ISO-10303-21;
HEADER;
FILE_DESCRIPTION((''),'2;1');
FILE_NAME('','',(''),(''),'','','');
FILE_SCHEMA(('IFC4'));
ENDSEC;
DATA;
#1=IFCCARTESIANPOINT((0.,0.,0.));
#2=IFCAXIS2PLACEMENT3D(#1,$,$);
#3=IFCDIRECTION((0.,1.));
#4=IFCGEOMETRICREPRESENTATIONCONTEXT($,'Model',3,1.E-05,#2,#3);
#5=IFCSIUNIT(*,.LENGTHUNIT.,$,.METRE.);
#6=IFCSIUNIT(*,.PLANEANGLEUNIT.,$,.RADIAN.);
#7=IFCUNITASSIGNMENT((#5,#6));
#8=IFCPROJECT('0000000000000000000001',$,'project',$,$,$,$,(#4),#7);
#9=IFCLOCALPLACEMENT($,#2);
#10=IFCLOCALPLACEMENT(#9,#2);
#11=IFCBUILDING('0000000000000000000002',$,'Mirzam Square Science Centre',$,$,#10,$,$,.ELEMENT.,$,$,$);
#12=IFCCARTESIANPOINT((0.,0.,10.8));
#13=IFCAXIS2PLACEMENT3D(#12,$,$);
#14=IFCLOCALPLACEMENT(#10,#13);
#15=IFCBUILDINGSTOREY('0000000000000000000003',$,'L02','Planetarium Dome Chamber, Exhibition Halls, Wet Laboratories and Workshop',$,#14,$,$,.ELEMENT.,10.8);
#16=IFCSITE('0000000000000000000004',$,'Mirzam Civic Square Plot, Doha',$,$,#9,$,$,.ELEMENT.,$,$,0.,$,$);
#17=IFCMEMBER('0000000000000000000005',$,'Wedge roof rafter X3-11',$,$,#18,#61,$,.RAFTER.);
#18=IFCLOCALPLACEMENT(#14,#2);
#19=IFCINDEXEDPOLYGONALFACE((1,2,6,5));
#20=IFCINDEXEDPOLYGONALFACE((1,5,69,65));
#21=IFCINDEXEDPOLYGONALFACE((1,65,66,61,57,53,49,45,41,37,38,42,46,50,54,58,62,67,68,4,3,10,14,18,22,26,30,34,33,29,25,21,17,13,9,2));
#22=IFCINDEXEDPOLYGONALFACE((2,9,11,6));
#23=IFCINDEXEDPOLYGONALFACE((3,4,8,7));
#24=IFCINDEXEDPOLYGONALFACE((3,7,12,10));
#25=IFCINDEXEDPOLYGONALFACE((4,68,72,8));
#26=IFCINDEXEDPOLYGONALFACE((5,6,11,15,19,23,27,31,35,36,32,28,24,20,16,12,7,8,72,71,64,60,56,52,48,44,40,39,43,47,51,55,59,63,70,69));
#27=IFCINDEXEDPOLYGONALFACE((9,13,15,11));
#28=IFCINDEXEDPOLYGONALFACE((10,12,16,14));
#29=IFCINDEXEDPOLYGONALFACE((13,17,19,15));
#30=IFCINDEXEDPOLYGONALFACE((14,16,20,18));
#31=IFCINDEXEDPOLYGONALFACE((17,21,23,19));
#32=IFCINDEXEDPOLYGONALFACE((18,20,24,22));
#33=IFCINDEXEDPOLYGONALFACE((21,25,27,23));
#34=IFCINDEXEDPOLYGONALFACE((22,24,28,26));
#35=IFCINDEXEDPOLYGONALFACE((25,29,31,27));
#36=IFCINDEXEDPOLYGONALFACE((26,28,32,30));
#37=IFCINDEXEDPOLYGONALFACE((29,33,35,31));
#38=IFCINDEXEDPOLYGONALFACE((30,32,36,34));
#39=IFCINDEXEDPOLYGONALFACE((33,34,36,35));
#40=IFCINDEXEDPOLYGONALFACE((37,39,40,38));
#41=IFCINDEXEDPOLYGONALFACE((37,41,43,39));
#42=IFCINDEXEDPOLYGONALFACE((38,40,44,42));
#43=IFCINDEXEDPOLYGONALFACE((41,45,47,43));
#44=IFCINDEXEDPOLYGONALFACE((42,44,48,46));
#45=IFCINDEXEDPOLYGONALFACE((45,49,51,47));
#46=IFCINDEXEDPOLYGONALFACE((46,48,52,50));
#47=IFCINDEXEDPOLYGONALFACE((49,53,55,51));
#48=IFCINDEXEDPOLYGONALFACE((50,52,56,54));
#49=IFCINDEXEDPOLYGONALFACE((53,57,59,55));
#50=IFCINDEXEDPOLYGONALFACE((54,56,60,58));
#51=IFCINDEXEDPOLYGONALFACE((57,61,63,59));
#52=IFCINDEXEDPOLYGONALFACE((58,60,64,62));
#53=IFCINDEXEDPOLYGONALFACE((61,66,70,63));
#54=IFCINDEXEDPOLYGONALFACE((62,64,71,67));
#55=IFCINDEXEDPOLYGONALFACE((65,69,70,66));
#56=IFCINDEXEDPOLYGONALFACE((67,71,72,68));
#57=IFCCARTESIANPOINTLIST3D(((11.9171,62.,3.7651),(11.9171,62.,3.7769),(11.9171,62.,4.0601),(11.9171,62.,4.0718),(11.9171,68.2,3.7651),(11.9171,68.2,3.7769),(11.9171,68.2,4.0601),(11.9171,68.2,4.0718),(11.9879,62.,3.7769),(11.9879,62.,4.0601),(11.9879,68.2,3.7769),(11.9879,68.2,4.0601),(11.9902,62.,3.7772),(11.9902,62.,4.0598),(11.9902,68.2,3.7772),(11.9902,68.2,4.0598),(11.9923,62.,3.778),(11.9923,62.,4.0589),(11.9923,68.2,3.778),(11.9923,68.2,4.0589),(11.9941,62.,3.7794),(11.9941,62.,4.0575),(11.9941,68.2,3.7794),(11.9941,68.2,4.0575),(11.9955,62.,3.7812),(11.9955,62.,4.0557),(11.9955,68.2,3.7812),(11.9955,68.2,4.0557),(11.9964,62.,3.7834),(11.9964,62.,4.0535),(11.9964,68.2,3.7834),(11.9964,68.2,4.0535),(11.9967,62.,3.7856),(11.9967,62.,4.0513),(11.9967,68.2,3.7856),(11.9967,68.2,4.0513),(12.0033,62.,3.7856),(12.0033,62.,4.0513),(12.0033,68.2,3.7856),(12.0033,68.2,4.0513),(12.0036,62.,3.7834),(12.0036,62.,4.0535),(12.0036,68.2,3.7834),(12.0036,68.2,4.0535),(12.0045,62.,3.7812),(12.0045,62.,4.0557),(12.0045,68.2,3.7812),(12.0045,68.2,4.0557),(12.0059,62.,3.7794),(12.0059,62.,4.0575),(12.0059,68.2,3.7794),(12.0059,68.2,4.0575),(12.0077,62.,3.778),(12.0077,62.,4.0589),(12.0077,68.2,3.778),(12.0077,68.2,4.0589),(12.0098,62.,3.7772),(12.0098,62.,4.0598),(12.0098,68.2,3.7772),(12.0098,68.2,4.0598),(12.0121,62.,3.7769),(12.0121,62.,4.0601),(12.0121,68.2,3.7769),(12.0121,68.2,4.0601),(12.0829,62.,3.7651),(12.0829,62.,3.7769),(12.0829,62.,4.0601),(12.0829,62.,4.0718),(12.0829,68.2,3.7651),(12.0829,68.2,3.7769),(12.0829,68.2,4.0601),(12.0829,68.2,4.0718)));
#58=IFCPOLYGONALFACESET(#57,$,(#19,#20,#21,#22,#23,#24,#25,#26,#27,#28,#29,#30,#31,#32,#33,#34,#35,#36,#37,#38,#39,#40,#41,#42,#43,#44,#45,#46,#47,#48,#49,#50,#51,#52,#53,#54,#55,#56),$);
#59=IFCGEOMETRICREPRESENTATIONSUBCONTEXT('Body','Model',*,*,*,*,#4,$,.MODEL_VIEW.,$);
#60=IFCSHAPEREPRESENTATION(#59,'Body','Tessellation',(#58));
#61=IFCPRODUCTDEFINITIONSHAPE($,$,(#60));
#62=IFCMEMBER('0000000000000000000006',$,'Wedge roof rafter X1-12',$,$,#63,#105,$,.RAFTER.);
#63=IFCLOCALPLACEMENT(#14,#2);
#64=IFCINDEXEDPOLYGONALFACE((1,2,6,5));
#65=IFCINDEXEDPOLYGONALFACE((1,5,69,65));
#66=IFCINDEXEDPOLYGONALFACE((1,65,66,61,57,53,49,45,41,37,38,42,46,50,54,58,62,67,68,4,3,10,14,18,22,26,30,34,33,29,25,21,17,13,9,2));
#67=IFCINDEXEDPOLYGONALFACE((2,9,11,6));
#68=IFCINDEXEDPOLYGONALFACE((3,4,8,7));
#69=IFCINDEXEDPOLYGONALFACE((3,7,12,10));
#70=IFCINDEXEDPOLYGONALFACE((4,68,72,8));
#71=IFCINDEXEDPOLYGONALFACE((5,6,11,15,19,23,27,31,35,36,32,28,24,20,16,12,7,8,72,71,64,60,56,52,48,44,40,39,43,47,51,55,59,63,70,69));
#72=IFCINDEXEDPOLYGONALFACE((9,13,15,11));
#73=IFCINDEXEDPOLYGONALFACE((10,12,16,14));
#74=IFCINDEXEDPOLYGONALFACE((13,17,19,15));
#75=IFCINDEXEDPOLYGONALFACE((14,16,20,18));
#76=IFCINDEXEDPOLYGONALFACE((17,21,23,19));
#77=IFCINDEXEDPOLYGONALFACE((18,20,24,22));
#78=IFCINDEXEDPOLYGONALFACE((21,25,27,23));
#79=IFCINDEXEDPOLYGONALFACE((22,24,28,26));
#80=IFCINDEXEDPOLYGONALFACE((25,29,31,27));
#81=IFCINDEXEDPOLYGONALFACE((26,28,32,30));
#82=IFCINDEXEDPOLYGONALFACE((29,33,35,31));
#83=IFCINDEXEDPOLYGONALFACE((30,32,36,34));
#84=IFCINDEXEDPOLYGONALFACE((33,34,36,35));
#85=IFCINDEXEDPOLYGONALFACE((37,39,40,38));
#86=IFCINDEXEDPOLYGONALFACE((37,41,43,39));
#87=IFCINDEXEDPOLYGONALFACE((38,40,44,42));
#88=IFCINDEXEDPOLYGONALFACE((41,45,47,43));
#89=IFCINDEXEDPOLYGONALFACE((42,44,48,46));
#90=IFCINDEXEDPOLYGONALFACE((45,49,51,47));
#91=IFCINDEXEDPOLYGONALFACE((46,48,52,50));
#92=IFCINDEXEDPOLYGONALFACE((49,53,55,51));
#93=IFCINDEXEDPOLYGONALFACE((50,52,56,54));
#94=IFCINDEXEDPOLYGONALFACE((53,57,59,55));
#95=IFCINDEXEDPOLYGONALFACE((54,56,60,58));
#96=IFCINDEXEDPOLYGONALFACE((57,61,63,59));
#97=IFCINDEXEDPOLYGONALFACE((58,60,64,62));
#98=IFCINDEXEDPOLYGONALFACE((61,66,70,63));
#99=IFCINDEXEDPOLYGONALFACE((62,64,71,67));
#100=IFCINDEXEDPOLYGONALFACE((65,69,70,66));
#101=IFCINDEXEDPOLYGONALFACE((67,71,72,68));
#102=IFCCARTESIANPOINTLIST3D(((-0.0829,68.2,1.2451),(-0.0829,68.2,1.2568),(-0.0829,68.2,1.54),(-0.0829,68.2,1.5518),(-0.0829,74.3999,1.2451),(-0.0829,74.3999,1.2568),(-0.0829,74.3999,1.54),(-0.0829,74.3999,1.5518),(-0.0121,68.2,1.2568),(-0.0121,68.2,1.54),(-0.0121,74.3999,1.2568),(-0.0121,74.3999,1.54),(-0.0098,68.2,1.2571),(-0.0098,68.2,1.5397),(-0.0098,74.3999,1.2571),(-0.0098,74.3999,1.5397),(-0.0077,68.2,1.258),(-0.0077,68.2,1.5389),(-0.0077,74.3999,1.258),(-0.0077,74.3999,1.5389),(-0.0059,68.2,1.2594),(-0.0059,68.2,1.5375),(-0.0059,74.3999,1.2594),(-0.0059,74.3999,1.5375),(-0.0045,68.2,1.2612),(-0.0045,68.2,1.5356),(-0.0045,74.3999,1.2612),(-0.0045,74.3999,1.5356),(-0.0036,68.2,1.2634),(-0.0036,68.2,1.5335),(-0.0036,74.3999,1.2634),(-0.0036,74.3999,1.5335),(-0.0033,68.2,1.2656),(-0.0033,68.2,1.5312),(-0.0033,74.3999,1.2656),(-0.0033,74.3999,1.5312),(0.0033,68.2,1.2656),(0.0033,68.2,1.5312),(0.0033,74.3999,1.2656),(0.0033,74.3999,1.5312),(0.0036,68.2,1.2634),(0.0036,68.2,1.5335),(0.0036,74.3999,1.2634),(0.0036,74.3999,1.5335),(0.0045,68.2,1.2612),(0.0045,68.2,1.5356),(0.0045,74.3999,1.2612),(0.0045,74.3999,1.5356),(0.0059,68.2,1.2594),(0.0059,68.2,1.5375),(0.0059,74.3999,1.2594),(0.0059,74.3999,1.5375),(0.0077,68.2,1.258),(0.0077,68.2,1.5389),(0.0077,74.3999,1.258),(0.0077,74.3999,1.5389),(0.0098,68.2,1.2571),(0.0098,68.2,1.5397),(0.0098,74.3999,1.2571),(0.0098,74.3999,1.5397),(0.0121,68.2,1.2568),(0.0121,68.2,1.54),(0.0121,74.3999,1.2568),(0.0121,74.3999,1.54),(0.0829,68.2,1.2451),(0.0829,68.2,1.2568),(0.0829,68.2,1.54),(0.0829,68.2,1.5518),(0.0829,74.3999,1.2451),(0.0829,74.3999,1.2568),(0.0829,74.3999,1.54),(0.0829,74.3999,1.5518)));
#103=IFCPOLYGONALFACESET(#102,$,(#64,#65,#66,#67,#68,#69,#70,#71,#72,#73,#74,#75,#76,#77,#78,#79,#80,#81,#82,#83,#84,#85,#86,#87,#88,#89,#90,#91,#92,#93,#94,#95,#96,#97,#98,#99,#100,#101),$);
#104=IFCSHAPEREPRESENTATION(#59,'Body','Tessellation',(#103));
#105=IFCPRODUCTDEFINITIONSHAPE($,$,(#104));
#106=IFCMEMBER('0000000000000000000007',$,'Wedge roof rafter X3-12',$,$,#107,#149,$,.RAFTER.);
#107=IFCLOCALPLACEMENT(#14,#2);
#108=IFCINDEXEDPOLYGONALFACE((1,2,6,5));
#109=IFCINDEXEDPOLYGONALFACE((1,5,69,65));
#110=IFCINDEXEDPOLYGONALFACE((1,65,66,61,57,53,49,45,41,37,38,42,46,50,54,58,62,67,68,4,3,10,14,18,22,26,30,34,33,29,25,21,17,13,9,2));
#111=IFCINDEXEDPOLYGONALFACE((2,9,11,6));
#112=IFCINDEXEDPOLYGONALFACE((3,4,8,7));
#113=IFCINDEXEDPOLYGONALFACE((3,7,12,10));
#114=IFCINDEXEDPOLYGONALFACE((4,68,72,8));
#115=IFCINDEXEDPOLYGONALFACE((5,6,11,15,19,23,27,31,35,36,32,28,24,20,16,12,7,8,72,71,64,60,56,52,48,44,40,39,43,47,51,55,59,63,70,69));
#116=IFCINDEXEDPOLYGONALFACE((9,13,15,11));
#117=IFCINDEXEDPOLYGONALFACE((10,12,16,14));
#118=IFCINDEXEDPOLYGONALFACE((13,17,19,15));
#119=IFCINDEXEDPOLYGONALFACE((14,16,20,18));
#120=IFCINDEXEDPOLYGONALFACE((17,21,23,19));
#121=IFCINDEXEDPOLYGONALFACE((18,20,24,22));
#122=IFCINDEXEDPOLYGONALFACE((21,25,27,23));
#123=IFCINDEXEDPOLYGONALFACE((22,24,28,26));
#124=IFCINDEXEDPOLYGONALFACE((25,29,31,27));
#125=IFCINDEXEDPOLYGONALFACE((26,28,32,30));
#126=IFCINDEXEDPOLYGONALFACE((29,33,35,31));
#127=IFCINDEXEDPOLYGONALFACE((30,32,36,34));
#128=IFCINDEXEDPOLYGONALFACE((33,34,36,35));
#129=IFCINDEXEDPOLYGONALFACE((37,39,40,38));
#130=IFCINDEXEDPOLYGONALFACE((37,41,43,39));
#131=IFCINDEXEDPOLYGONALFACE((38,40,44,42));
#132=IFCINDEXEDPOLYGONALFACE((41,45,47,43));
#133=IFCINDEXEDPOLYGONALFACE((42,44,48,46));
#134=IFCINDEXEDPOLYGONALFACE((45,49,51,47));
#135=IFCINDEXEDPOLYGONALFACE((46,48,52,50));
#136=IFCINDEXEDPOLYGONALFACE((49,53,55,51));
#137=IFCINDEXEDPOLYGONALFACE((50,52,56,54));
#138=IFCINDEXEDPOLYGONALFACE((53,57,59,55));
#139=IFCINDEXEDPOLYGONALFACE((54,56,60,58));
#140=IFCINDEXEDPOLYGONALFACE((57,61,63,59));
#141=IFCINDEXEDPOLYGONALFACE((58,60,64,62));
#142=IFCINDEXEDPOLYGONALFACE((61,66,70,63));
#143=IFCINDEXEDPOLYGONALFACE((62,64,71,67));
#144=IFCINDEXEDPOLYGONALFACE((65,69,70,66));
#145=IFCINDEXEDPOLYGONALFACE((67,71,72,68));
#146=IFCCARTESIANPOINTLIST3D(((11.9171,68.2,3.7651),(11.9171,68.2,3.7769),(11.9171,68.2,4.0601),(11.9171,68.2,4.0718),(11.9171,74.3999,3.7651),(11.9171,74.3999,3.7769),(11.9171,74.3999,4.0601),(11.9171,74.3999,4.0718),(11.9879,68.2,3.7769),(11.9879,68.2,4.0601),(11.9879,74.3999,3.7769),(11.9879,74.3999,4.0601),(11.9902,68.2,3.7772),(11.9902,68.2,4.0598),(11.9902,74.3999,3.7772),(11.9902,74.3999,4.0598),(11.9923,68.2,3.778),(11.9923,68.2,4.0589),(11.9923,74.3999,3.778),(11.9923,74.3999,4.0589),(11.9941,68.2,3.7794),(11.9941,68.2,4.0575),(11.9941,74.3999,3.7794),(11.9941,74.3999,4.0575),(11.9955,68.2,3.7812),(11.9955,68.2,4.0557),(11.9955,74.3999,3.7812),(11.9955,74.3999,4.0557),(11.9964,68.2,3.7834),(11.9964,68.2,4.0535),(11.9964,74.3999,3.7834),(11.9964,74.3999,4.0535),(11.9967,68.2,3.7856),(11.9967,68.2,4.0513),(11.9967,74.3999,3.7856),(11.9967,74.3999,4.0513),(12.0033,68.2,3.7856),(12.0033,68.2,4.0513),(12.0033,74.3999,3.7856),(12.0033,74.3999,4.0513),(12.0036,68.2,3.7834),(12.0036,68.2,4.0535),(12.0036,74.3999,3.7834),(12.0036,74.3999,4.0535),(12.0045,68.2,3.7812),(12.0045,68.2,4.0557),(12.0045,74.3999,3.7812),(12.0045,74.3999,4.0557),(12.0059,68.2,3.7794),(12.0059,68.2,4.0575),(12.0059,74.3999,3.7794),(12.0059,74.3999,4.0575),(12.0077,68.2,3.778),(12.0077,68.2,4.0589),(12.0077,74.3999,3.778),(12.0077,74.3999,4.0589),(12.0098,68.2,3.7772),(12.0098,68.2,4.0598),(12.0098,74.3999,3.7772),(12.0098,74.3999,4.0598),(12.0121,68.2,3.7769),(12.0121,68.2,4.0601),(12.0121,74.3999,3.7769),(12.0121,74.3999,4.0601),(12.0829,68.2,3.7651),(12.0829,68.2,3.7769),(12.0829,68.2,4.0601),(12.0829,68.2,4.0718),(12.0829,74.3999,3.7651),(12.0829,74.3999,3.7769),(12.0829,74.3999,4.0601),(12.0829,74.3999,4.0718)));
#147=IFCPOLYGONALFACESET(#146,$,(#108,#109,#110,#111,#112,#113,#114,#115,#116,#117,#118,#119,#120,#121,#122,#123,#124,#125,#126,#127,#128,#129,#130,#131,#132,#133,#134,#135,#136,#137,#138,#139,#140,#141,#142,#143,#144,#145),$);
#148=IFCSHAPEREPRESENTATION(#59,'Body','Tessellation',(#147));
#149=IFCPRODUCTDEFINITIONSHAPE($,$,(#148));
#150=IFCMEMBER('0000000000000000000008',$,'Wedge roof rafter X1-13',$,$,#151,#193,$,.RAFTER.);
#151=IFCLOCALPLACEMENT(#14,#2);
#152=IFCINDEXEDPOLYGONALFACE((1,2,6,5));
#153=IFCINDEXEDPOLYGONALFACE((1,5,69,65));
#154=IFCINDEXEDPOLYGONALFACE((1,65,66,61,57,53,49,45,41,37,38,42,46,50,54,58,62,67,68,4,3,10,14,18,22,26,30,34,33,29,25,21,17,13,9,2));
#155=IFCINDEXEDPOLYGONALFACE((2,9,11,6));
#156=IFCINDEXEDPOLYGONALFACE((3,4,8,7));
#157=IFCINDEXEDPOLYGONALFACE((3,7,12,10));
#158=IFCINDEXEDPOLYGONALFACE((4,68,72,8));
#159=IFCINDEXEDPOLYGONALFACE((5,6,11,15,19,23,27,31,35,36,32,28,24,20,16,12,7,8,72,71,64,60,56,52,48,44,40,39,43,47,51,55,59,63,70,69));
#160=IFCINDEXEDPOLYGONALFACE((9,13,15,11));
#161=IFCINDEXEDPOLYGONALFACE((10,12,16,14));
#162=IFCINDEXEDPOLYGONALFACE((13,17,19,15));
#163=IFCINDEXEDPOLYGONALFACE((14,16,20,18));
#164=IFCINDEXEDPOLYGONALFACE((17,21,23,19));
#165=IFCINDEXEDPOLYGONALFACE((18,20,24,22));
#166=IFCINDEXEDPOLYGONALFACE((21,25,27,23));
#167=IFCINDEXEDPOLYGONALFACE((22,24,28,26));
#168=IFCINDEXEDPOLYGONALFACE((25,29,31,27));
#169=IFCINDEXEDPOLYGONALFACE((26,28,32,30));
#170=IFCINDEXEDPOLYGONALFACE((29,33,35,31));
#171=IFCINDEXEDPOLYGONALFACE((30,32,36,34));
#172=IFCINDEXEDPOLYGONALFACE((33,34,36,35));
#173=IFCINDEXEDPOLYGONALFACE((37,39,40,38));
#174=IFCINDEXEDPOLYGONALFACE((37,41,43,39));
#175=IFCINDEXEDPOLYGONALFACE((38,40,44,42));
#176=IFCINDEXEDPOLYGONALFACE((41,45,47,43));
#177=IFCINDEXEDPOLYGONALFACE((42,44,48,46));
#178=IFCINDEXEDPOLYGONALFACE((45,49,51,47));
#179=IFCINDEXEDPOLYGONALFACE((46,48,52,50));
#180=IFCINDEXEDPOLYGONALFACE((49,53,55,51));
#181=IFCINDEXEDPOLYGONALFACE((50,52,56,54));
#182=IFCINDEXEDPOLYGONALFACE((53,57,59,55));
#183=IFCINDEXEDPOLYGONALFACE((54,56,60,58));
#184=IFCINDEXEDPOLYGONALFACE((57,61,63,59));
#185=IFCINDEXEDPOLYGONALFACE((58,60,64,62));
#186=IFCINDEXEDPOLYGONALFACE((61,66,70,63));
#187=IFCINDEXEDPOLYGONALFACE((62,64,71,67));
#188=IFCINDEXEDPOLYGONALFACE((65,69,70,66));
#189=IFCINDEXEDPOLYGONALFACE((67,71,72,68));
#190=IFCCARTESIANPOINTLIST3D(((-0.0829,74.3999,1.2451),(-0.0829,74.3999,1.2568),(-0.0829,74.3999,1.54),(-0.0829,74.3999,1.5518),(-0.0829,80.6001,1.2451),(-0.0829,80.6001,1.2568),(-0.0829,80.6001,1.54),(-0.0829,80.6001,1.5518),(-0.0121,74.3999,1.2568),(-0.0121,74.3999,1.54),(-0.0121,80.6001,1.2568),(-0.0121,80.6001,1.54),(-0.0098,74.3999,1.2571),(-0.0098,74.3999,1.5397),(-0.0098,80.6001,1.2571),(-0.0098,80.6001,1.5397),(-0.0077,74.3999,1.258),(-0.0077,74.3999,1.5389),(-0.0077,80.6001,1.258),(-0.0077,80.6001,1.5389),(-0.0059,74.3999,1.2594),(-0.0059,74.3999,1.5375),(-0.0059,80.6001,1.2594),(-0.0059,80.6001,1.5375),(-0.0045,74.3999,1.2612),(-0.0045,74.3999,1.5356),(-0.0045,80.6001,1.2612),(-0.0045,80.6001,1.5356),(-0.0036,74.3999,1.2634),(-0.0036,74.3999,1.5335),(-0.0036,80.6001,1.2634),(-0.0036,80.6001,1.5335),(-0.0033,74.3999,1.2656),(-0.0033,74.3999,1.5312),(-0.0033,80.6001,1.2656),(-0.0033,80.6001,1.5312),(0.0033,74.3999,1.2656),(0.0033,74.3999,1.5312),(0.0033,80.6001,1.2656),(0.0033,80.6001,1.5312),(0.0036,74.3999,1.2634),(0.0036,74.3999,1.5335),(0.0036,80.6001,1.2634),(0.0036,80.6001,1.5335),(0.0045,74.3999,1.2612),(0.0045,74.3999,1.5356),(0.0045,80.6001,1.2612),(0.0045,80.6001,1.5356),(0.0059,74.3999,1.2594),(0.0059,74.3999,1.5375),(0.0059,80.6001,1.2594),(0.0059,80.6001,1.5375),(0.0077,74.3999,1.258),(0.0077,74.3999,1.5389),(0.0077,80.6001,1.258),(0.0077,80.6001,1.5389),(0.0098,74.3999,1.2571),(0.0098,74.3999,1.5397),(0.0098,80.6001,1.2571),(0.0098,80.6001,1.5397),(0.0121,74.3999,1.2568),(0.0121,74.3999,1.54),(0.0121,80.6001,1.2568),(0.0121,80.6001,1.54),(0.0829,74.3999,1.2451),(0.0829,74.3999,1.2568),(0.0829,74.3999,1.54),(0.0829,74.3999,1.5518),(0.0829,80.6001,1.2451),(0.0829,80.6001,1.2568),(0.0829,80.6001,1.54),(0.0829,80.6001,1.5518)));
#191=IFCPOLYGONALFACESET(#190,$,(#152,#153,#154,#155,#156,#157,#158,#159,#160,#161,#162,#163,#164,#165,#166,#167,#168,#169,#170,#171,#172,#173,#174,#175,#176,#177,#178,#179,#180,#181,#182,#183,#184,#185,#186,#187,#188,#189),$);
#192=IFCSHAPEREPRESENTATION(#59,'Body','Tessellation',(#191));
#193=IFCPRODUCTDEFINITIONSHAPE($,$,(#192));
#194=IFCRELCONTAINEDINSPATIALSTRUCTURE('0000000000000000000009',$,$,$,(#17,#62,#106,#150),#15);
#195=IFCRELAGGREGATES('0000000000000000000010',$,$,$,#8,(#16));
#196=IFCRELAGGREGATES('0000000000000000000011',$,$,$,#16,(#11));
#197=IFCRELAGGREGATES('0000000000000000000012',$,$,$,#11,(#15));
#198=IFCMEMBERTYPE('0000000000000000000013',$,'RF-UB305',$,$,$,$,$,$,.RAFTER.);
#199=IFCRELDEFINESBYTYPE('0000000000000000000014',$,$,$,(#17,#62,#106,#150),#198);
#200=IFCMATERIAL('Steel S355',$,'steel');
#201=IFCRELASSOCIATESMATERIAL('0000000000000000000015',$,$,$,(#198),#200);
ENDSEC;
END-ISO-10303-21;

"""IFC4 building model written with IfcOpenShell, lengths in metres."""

from ifc_helpers import new_model, si_unit, direction, frame, origin, origin_2d, place, context, subcontext, project, spatial, i_section, extrude, material, material_profile, profile_set, type_object, element, save


model = new_model("IFC4")

# Units and contexts
model_context = context("Model", 3, precision=1e-05, world=origin(), true_north=direction((0.0, 1.0)))
body_context = subcontext(model_context, "Body", "Model", "MODEL_VIEW")
ifc_project = project(units=[si_unit("LENGTHUNIT", "METRE"), si_unit("PLANEANGLEUNIT", "RADIAN")], contexts=[model_context])

# Site, building, storey
site_placement = place(None, origin())
site = spatial("IfcSite", under=ifc_project, at=site_placement, Name="Mirzam Civic Square Plot, Doha", CompositionType="ELEMENT", RefElevation=0.0)
building_placement = place(site_placement, origin())
building = spatial("IfcBuilding", under=site, at=building_placement, Name="Mirzam Square Science Centre", CompositionType="ELEMENT")
storey_placement = place(building_placement, frame((0.0, 0.0, 10.8)))
storey = spatial("IfcBuildingStorey", under=building, at=storey_placement, Name="L02", Description="Planetarium Dome Chamber, Exhibition Halls, Wet Laboratories and Workshop", CompositionType="ELEMENT", Elevation=10.8)

# Members
ifc_material = material(Name="Steel S355", Category="steel")
ifc_material_profile_1 = material_profile(ifc_material, i_section(OverallWidth=0.1658, OverallDepth=0.3066, WebThickness=0.0066, FlangeThickness=0.0117, FilletRadius=0.0088, at=origin_2d()), Name="305x165x46UB")
ifc_profile_set_1 = profile_set([ifc_material_profile_1], Name="Steel S355")
member_type_1 = type_object("IfcMemberType", Name="RF-UB305", PredefinedType="RAFTER", material=ifc_profile_set_1)
for number, where, z_axis, x_axis, name in (
    (1, (12.0, 62.0, 3.9185), (0.0, 1.0, 0.0), (-1.0, 0.0, 0.0), "Wedge roof rafter X3-11"),
    (2, (0.0, 68.2, 1.3984), (0.0, 1.0, 0.0), (-1.0, 0.0, 0.0), "Wedge roof rafter X1-12"),
    (3, (12.0, 68.2, 3.9185), (0.0, 1.0, 0.0), (-1.0, 0.0, 0.0), "Wedge roof rafter X3-12"),
):
    element("IfcMember", number, at=place(storey_placement, frame(where, z_axis=z_axis, x_axis=x_axis)), inside=storey, type_object=member_type_1, Name=name, PredefinedType="RAFTER", context=body_context, shape_type="SweptSolid", body=[
        extrude(i_section(OverallWidth=0.1658, OverallDepth=0.3066, WebThickness=0.0066, FlangeThickness=0.0117, FilletRadius=0.0088, at=origin_2d()), origin(), (0.0, 0.0, 1.0), 6.2),
    ])
member_1_placement = place(storey_placement, frame((0.0, 74.3999, 1.3984), z_axis=(0.0, 1.0, 0.0), x_axis=(-1.0, 0.0, 0.0)))
element("IfcMember", 4, at=member_1_placement, inside=storey, type_object=member_type_1, Name="Wedge roof rafter X1-13", PredefinedType="RAFTER", context=body_context, shape_type="SweptSolid", body=[
    extrude(i_section(OverallWidth=0.1658, OverallDepth=0.3066, WebThickness=0.0066, FlangeThickness=0.0117, FilletRadius=0.0088, at=origin_2d()), origin(), (0.0, 0.0, 1.0), 6.2002),
])

save(model, "model.ifc")
